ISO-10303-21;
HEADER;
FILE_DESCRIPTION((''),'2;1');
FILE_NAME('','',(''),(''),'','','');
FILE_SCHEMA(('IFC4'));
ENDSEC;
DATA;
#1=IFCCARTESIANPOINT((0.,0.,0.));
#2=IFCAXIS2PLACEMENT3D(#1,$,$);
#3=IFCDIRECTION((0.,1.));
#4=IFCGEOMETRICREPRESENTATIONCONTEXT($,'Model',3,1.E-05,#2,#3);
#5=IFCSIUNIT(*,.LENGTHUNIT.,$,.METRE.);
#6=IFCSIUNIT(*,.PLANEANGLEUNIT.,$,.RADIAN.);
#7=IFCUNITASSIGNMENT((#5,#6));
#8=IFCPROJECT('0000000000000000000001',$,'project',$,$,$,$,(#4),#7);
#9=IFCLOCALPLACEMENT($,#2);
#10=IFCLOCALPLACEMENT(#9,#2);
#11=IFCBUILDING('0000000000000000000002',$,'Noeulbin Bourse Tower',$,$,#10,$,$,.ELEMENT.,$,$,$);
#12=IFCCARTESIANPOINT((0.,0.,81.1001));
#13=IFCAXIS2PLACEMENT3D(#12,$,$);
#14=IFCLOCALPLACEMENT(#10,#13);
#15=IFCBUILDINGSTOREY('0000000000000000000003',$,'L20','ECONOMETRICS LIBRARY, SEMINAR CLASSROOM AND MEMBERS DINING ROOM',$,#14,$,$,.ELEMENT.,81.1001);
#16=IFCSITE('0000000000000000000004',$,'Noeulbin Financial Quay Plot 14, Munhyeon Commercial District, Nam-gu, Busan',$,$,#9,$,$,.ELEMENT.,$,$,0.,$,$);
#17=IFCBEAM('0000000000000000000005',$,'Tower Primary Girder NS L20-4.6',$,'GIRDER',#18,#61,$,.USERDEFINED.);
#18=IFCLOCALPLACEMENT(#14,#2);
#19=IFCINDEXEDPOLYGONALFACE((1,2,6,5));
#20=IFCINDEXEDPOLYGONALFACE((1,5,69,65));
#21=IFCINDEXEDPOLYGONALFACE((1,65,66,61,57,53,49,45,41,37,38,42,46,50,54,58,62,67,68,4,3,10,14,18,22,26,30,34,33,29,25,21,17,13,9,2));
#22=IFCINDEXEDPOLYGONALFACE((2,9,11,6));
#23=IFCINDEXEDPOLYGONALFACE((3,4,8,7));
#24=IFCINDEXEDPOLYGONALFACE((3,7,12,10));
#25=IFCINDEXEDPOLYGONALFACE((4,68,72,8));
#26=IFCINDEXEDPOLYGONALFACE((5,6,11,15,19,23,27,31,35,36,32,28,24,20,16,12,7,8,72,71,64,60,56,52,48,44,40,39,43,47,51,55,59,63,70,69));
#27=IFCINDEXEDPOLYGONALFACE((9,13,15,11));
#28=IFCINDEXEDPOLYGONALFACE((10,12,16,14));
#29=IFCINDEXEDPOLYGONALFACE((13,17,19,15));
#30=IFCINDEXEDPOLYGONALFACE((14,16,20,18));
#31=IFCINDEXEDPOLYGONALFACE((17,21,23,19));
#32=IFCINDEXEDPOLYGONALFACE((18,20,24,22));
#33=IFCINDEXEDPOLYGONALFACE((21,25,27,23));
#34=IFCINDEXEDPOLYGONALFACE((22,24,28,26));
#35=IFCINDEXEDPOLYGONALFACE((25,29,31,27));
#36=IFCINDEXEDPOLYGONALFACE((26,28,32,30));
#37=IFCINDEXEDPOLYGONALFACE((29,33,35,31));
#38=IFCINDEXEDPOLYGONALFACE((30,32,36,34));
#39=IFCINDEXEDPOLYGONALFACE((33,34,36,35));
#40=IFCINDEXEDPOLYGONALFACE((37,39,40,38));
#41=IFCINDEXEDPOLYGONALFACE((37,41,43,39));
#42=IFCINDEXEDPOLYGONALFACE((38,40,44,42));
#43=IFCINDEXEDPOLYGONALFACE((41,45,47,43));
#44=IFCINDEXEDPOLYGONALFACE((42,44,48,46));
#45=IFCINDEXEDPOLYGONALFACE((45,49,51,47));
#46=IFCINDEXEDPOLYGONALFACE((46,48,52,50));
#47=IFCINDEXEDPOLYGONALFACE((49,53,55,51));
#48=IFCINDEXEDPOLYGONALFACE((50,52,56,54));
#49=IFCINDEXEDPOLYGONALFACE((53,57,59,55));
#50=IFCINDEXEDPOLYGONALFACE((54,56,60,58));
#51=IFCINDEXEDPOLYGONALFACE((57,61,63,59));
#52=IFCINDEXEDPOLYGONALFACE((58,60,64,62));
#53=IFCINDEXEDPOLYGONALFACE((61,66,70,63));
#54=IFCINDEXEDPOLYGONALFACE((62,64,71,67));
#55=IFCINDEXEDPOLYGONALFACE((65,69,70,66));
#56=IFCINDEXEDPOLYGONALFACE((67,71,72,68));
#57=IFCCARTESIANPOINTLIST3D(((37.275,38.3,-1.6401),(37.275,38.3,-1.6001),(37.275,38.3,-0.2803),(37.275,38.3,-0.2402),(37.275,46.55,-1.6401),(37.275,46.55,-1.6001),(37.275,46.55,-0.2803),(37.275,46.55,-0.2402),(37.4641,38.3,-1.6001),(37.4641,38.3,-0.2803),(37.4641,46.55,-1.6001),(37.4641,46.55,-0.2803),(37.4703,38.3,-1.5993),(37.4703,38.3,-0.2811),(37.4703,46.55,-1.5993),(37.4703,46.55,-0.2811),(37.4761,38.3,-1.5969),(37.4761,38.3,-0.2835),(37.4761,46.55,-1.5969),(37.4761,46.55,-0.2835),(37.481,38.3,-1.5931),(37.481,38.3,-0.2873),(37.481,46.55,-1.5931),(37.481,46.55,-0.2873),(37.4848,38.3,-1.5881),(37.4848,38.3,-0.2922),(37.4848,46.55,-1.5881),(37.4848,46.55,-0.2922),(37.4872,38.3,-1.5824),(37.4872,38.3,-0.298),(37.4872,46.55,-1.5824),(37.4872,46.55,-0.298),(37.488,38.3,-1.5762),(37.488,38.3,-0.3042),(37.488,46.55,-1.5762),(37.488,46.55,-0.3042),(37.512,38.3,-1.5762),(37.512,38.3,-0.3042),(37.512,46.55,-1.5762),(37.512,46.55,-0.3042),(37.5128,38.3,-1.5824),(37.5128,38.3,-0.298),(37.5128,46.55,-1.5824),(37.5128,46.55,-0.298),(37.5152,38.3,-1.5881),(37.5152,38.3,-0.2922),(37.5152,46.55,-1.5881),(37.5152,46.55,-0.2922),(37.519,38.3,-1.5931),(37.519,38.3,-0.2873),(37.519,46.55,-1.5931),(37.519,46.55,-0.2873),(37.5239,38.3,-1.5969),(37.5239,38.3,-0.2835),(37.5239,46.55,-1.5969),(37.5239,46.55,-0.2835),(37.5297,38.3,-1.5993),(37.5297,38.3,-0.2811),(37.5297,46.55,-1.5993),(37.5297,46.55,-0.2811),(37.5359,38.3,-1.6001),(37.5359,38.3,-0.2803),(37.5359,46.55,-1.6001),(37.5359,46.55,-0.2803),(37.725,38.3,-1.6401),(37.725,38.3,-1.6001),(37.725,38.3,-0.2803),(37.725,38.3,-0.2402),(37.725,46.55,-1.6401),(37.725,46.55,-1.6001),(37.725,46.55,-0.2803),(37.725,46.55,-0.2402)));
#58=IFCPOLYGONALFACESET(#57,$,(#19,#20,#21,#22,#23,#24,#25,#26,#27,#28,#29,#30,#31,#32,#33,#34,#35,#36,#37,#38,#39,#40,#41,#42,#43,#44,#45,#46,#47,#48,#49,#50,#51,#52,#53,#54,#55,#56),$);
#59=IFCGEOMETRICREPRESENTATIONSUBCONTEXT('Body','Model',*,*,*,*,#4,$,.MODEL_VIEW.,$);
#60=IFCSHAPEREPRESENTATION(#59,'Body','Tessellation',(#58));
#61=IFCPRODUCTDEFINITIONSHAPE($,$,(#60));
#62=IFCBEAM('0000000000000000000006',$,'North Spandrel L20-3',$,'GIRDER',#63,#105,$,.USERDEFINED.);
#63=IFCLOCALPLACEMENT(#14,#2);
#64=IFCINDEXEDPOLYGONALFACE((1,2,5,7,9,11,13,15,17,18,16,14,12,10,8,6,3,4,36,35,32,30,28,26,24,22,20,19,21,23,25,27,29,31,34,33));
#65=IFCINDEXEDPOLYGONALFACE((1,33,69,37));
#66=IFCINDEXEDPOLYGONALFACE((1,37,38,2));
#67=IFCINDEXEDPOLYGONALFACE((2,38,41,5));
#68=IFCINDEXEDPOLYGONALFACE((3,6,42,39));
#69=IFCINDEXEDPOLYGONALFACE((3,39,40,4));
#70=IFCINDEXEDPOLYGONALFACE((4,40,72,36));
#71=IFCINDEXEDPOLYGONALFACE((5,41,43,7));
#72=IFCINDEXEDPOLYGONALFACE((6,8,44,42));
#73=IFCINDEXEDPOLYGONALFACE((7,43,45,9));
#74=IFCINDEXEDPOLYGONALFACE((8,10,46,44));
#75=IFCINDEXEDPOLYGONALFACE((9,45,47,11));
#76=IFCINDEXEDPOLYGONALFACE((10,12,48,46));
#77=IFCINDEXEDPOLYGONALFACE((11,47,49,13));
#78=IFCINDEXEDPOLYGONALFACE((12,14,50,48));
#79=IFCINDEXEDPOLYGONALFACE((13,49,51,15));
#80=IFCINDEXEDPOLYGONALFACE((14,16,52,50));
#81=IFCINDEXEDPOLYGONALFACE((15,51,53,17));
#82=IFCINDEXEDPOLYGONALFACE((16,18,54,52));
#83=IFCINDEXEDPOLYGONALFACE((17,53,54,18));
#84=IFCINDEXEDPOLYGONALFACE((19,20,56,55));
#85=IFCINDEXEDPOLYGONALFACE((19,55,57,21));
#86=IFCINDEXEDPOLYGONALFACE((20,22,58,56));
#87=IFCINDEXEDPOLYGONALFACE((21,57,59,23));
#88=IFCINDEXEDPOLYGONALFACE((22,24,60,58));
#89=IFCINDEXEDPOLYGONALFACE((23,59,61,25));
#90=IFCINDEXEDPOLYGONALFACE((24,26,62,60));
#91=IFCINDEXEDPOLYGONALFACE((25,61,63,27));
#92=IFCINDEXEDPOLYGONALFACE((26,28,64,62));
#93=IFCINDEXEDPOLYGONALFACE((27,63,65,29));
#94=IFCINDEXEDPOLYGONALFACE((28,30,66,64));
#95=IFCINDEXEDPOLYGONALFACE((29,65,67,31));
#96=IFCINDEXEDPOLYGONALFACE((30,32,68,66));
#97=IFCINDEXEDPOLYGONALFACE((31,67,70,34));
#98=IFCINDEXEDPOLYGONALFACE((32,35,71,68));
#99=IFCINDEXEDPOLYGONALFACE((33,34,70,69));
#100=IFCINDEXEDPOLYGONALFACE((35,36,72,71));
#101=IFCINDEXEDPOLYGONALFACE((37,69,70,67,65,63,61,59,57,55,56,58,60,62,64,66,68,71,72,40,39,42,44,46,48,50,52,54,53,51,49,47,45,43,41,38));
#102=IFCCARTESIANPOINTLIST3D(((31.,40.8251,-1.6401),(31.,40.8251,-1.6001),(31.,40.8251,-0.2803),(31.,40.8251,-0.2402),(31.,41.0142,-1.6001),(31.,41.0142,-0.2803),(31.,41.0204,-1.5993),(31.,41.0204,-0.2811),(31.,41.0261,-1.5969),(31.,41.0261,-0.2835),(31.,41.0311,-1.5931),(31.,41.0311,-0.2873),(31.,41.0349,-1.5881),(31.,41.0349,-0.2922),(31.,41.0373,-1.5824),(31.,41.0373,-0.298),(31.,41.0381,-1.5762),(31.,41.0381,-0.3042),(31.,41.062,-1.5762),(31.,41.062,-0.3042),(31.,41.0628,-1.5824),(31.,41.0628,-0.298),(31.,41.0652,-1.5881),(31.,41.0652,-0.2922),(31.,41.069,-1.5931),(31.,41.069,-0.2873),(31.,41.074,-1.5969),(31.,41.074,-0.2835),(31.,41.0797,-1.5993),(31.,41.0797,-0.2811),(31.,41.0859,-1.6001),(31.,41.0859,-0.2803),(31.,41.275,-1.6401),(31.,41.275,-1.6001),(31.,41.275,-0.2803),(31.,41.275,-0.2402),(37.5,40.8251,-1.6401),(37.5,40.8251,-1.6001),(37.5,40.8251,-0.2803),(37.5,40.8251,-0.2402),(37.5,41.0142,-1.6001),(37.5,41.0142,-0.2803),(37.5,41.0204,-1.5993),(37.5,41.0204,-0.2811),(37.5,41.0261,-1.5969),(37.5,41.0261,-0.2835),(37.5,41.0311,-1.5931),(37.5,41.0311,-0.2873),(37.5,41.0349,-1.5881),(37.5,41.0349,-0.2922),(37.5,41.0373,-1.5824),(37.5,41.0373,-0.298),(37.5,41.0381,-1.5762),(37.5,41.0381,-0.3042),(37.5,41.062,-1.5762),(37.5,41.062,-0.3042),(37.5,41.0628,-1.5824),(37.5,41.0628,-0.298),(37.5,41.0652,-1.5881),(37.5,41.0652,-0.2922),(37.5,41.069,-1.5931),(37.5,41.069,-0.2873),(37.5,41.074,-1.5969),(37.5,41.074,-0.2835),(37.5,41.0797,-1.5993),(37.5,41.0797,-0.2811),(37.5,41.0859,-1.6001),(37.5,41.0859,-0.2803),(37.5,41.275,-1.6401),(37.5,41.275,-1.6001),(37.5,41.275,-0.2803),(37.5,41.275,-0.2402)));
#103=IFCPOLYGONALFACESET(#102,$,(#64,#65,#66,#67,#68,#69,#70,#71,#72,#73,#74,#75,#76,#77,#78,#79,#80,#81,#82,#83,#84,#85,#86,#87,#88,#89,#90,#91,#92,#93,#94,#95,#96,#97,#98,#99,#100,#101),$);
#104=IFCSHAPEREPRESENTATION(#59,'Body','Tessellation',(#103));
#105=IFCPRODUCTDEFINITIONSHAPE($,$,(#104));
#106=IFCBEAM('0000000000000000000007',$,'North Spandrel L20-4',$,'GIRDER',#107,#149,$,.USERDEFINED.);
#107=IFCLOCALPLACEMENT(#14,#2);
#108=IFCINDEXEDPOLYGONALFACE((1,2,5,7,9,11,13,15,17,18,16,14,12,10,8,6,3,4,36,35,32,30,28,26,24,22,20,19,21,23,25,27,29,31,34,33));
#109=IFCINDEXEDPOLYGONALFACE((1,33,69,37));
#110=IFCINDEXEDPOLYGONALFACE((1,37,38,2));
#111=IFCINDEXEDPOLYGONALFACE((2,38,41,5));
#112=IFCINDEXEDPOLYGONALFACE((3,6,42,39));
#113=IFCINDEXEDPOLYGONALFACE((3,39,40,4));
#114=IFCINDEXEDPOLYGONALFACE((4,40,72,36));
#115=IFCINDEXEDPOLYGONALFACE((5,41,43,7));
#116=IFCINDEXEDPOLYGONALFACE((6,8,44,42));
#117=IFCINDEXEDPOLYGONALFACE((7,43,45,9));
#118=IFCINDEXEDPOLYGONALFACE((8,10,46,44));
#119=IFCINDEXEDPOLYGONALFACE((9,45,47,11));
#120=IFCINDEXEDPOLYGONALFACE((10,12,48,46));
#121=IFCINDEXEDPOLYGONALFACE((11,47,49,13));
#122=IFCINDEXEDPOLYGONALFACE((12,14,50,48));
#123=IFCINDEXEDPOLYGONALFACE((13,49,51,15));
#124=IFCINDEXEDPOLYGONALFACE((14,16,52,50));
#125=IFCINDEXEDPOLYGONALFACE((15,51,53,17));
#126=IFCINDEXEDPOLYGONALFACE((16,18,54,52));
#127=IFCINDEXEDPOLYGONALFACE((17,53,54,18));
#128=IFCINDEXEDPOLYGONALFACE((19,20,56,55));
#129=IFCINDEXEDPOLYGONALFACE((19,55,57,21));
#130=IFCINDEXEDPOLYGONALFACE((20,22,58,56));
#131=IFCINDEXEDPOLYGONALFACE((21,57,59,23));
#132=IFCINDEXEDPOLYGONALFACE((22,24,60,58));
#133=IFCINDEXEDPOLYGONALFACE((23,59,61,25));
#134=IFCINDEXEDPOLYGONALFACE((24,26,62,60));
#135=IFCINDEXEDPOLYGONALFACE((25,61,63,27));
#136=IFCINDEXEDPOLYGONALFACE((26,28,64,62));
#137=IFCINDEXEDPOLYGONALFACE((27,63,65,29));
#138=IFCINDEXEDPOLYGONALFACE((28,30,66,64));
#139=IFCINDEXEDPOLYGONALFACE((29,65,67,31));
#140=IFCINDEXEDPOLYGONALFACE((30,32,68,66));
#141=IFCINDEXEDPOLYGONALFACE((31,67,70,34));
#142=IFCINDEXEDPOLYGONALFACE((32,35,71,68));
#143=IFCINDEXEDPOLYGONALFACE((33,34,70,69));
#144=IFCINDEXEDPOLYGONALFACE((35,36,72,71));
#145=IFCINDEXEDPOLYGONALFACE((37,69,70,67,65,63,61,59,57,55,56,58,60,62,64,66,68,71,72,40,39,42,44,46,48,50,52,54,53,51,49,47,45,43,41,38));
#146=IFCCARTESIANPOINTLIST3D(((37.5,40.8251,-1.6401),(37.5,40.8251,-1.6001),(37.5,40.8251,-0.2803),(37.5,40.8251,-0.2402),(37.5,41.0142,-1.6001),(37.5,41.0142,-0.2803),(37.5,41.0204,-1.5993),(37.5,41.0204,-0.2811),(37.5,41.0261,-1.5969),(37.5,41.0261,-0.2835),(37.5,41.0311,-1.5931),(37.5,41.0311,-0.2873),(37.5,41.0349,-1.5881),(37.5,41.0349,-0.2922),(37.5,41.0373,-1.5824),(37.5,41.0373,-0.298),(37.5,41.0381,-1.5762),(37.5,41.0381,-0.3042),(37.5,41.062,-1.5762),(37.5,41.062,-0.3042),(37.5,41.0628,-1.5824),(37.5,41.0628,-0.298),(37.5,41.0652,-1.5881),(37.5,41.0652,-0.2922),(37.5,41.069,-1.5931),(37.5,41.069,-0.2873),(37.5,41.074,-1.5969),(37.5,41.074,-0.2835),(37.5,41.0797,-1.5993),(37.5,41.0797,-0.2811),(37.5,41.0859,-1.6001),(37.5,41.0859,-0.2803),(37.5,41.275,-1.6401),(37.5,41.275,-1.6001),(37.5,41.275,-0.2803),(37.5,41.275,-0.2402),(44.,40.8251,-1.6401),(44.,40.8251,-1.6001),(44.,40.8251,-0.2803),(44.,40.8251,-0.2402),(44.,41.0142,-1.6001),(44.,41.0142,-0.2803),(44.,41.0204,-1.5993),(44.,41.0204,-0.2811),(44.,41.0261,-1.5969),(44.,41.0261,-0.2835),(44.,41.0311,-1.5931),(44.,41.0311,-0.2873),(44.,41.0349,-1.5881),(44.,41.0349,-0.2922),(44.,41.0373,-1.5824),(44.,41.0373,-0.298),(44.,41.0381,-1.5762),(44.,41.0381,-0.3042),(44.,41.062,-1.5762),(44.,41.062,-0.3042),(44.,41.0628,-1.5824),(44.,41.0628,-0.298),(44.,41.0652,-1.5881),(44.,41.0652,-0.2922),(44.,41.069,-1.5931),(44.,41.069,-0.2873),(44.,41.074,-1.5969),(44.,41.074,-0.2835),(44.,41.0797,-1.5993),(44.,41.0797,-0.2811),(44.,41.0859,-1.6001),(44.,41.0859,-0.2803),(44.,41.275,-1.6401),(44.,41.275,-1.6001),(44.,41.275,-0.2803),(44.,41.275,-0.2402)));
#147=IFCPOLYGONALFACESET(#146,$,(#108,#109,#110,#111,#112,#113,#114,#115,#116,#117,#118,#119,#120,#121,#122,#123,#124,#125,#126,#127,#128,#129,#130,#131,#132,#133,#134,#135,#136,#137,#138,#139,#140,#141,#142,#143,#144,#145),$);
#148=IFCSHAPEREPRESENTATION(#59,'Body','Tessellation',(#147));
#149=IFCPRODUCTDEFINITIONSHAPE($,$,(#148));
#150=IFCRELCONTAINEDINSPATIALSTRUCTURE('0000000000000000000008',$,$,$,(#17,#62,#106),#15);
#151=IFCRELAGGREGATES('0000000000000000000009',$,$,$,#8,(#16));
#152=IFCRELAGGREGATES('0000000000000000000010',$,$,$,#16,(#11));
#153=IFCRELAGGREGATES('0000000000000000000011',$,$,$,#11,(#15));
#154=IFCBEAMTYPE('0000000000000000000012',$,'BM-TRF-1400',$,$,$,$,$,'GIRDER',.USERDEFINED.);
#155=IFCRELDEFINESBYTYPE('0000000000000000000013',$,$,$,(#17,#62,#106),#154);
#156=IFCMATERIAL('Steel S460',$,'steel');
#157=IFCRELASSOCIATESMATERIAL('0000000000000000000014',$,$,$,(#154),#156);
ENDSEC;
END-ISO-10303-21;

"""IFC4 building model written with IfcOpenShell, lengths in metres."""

from ifc_helpers import new_model, si_unit, direction, frame, origin, origin_2d, place, context, subcontext, project, spatial, i_section, extrude, material, material_profile, profile_set, type_object, element, save


model = new_model("IFC4")

# Units and contexts
model_context = context("Model", 3, precision=1e-05, world=origin(), true_north=direction((0.0, 1.0)))
body_context = subcontext(model_context, "Body", "Model", "MODEL_VIEW")
ifc_project = project(units=[si_unit("LENGTHUNIT", "METRE"), si_unit("PLANEANGLEUNIT", "RADIAN")], contexts=[model_context])

# Site, building, storey
site_placement = place(None, origin())
site = spatial("IfcSite", under=ifc_project, at=site_placement, Name="Noeulbin Financial Quay Plot 14, Munhyeon Commercial District, Nam-gu, Busan", CompositionType="ELEMENT", RefElevation=0.0)
building_placement = place(site_placement, origin())
building = spatial("IfcBuilding", under=site, at=building_placement, Name="Noeulbin Bourse Tower", CompositionType="ELEMENT")
storey_placement = place(building_placement, frame((0.0, 0.0, 81.1001)))
storey = spatial("IfcBuildingStorey", under=building, at=storey_placement, Name="L20", Description="ECONOMETRICS LIBRARY, SEMINAR CLASSROOM AND MEMBERS DINING ROOM", CompositionType="ELEMENT", Elevation=81.1001)

# Shared definitions
ifc_material_1 = material(Name="Steel S460", Category="steel")

# Beams
ifc_material_profile_1 = material_profile(ifc_material_1, i_section(OverallWidth=0.45, OverallDepth=1.3999, WebThickness=0.0239, FlangeThickness=0.04, FilletRadius=0.0239, at=origin_2d()), Name="PG-1400x450x24x40", Category="LoadBearing")
ifc_profile_set_1 = profile_set([ifc_material_profile_1], Name="Steel S460")
beam_type_1 = type_object("IfcBeamType", Name="BM-TRF-1400", ElementType="GIRDER", PredefinedType="USERDEFINED", material=ifc_profile_set_1)
beam_1_placement = place(storey_placement, frame((37.5, 38.3, -0.9402), z_axis=(0.0, 1.0, 0.0), x_axis=(-1.0, 0.0, 0.0)))
element("IfcBeam", 1, at=beam_1_placement, inside=storey, type_object=beam_type_1, Name="Tower Primary Girder NS L20-4.6", ObjectType="GIRDER", PredefinedType="USERDEFINED", context=body_context, shape_type="SweptSolid", body=[
    extrude(i_section(OverallWidth=0.45, OverallDepth=1.3999, WebThickness=0.0239, FlangeThickness=0.04, FilletRadius=0.0239, at=origin_2d()), origin(), (0.0, 0.0, 1.0), 8.25),
])
for number, where, z_axis, x_axis, name in (
    (2, (31.0, 41.05, -0.9402), (1.0, 0.0, 0.0), (0.0, 1.0, 0.0), "North Spandrel L20-3"),
    (3, (37.5, 41.05, -0.9402), (1.0, 0.0, 0.0), (0.0, 1.0, 0.0), "North Spandrel L20-4"),
):
    element("IfcBeam", number, at=place(storey_placement, frame(where, z_axis=z_axis, x_axis=x_axis)), inside=storey, type_object=beam_type_1, Name=name, ObjectType="GIRDER", PredefinedType="USERDEFINED", context=body_context, shape_type="SweptSolid", body=[
        extrude(i_section(OverallWidth=0.45, OverallDepth=1.3999, WebThickness=0.0239, FlangeThickness=0.04, FilletRadius=0.0239, at=origin_2d()), origin(), (0.0, 0.0, 1.0), 6.5),
    ])

save(model, "model.ifc")
